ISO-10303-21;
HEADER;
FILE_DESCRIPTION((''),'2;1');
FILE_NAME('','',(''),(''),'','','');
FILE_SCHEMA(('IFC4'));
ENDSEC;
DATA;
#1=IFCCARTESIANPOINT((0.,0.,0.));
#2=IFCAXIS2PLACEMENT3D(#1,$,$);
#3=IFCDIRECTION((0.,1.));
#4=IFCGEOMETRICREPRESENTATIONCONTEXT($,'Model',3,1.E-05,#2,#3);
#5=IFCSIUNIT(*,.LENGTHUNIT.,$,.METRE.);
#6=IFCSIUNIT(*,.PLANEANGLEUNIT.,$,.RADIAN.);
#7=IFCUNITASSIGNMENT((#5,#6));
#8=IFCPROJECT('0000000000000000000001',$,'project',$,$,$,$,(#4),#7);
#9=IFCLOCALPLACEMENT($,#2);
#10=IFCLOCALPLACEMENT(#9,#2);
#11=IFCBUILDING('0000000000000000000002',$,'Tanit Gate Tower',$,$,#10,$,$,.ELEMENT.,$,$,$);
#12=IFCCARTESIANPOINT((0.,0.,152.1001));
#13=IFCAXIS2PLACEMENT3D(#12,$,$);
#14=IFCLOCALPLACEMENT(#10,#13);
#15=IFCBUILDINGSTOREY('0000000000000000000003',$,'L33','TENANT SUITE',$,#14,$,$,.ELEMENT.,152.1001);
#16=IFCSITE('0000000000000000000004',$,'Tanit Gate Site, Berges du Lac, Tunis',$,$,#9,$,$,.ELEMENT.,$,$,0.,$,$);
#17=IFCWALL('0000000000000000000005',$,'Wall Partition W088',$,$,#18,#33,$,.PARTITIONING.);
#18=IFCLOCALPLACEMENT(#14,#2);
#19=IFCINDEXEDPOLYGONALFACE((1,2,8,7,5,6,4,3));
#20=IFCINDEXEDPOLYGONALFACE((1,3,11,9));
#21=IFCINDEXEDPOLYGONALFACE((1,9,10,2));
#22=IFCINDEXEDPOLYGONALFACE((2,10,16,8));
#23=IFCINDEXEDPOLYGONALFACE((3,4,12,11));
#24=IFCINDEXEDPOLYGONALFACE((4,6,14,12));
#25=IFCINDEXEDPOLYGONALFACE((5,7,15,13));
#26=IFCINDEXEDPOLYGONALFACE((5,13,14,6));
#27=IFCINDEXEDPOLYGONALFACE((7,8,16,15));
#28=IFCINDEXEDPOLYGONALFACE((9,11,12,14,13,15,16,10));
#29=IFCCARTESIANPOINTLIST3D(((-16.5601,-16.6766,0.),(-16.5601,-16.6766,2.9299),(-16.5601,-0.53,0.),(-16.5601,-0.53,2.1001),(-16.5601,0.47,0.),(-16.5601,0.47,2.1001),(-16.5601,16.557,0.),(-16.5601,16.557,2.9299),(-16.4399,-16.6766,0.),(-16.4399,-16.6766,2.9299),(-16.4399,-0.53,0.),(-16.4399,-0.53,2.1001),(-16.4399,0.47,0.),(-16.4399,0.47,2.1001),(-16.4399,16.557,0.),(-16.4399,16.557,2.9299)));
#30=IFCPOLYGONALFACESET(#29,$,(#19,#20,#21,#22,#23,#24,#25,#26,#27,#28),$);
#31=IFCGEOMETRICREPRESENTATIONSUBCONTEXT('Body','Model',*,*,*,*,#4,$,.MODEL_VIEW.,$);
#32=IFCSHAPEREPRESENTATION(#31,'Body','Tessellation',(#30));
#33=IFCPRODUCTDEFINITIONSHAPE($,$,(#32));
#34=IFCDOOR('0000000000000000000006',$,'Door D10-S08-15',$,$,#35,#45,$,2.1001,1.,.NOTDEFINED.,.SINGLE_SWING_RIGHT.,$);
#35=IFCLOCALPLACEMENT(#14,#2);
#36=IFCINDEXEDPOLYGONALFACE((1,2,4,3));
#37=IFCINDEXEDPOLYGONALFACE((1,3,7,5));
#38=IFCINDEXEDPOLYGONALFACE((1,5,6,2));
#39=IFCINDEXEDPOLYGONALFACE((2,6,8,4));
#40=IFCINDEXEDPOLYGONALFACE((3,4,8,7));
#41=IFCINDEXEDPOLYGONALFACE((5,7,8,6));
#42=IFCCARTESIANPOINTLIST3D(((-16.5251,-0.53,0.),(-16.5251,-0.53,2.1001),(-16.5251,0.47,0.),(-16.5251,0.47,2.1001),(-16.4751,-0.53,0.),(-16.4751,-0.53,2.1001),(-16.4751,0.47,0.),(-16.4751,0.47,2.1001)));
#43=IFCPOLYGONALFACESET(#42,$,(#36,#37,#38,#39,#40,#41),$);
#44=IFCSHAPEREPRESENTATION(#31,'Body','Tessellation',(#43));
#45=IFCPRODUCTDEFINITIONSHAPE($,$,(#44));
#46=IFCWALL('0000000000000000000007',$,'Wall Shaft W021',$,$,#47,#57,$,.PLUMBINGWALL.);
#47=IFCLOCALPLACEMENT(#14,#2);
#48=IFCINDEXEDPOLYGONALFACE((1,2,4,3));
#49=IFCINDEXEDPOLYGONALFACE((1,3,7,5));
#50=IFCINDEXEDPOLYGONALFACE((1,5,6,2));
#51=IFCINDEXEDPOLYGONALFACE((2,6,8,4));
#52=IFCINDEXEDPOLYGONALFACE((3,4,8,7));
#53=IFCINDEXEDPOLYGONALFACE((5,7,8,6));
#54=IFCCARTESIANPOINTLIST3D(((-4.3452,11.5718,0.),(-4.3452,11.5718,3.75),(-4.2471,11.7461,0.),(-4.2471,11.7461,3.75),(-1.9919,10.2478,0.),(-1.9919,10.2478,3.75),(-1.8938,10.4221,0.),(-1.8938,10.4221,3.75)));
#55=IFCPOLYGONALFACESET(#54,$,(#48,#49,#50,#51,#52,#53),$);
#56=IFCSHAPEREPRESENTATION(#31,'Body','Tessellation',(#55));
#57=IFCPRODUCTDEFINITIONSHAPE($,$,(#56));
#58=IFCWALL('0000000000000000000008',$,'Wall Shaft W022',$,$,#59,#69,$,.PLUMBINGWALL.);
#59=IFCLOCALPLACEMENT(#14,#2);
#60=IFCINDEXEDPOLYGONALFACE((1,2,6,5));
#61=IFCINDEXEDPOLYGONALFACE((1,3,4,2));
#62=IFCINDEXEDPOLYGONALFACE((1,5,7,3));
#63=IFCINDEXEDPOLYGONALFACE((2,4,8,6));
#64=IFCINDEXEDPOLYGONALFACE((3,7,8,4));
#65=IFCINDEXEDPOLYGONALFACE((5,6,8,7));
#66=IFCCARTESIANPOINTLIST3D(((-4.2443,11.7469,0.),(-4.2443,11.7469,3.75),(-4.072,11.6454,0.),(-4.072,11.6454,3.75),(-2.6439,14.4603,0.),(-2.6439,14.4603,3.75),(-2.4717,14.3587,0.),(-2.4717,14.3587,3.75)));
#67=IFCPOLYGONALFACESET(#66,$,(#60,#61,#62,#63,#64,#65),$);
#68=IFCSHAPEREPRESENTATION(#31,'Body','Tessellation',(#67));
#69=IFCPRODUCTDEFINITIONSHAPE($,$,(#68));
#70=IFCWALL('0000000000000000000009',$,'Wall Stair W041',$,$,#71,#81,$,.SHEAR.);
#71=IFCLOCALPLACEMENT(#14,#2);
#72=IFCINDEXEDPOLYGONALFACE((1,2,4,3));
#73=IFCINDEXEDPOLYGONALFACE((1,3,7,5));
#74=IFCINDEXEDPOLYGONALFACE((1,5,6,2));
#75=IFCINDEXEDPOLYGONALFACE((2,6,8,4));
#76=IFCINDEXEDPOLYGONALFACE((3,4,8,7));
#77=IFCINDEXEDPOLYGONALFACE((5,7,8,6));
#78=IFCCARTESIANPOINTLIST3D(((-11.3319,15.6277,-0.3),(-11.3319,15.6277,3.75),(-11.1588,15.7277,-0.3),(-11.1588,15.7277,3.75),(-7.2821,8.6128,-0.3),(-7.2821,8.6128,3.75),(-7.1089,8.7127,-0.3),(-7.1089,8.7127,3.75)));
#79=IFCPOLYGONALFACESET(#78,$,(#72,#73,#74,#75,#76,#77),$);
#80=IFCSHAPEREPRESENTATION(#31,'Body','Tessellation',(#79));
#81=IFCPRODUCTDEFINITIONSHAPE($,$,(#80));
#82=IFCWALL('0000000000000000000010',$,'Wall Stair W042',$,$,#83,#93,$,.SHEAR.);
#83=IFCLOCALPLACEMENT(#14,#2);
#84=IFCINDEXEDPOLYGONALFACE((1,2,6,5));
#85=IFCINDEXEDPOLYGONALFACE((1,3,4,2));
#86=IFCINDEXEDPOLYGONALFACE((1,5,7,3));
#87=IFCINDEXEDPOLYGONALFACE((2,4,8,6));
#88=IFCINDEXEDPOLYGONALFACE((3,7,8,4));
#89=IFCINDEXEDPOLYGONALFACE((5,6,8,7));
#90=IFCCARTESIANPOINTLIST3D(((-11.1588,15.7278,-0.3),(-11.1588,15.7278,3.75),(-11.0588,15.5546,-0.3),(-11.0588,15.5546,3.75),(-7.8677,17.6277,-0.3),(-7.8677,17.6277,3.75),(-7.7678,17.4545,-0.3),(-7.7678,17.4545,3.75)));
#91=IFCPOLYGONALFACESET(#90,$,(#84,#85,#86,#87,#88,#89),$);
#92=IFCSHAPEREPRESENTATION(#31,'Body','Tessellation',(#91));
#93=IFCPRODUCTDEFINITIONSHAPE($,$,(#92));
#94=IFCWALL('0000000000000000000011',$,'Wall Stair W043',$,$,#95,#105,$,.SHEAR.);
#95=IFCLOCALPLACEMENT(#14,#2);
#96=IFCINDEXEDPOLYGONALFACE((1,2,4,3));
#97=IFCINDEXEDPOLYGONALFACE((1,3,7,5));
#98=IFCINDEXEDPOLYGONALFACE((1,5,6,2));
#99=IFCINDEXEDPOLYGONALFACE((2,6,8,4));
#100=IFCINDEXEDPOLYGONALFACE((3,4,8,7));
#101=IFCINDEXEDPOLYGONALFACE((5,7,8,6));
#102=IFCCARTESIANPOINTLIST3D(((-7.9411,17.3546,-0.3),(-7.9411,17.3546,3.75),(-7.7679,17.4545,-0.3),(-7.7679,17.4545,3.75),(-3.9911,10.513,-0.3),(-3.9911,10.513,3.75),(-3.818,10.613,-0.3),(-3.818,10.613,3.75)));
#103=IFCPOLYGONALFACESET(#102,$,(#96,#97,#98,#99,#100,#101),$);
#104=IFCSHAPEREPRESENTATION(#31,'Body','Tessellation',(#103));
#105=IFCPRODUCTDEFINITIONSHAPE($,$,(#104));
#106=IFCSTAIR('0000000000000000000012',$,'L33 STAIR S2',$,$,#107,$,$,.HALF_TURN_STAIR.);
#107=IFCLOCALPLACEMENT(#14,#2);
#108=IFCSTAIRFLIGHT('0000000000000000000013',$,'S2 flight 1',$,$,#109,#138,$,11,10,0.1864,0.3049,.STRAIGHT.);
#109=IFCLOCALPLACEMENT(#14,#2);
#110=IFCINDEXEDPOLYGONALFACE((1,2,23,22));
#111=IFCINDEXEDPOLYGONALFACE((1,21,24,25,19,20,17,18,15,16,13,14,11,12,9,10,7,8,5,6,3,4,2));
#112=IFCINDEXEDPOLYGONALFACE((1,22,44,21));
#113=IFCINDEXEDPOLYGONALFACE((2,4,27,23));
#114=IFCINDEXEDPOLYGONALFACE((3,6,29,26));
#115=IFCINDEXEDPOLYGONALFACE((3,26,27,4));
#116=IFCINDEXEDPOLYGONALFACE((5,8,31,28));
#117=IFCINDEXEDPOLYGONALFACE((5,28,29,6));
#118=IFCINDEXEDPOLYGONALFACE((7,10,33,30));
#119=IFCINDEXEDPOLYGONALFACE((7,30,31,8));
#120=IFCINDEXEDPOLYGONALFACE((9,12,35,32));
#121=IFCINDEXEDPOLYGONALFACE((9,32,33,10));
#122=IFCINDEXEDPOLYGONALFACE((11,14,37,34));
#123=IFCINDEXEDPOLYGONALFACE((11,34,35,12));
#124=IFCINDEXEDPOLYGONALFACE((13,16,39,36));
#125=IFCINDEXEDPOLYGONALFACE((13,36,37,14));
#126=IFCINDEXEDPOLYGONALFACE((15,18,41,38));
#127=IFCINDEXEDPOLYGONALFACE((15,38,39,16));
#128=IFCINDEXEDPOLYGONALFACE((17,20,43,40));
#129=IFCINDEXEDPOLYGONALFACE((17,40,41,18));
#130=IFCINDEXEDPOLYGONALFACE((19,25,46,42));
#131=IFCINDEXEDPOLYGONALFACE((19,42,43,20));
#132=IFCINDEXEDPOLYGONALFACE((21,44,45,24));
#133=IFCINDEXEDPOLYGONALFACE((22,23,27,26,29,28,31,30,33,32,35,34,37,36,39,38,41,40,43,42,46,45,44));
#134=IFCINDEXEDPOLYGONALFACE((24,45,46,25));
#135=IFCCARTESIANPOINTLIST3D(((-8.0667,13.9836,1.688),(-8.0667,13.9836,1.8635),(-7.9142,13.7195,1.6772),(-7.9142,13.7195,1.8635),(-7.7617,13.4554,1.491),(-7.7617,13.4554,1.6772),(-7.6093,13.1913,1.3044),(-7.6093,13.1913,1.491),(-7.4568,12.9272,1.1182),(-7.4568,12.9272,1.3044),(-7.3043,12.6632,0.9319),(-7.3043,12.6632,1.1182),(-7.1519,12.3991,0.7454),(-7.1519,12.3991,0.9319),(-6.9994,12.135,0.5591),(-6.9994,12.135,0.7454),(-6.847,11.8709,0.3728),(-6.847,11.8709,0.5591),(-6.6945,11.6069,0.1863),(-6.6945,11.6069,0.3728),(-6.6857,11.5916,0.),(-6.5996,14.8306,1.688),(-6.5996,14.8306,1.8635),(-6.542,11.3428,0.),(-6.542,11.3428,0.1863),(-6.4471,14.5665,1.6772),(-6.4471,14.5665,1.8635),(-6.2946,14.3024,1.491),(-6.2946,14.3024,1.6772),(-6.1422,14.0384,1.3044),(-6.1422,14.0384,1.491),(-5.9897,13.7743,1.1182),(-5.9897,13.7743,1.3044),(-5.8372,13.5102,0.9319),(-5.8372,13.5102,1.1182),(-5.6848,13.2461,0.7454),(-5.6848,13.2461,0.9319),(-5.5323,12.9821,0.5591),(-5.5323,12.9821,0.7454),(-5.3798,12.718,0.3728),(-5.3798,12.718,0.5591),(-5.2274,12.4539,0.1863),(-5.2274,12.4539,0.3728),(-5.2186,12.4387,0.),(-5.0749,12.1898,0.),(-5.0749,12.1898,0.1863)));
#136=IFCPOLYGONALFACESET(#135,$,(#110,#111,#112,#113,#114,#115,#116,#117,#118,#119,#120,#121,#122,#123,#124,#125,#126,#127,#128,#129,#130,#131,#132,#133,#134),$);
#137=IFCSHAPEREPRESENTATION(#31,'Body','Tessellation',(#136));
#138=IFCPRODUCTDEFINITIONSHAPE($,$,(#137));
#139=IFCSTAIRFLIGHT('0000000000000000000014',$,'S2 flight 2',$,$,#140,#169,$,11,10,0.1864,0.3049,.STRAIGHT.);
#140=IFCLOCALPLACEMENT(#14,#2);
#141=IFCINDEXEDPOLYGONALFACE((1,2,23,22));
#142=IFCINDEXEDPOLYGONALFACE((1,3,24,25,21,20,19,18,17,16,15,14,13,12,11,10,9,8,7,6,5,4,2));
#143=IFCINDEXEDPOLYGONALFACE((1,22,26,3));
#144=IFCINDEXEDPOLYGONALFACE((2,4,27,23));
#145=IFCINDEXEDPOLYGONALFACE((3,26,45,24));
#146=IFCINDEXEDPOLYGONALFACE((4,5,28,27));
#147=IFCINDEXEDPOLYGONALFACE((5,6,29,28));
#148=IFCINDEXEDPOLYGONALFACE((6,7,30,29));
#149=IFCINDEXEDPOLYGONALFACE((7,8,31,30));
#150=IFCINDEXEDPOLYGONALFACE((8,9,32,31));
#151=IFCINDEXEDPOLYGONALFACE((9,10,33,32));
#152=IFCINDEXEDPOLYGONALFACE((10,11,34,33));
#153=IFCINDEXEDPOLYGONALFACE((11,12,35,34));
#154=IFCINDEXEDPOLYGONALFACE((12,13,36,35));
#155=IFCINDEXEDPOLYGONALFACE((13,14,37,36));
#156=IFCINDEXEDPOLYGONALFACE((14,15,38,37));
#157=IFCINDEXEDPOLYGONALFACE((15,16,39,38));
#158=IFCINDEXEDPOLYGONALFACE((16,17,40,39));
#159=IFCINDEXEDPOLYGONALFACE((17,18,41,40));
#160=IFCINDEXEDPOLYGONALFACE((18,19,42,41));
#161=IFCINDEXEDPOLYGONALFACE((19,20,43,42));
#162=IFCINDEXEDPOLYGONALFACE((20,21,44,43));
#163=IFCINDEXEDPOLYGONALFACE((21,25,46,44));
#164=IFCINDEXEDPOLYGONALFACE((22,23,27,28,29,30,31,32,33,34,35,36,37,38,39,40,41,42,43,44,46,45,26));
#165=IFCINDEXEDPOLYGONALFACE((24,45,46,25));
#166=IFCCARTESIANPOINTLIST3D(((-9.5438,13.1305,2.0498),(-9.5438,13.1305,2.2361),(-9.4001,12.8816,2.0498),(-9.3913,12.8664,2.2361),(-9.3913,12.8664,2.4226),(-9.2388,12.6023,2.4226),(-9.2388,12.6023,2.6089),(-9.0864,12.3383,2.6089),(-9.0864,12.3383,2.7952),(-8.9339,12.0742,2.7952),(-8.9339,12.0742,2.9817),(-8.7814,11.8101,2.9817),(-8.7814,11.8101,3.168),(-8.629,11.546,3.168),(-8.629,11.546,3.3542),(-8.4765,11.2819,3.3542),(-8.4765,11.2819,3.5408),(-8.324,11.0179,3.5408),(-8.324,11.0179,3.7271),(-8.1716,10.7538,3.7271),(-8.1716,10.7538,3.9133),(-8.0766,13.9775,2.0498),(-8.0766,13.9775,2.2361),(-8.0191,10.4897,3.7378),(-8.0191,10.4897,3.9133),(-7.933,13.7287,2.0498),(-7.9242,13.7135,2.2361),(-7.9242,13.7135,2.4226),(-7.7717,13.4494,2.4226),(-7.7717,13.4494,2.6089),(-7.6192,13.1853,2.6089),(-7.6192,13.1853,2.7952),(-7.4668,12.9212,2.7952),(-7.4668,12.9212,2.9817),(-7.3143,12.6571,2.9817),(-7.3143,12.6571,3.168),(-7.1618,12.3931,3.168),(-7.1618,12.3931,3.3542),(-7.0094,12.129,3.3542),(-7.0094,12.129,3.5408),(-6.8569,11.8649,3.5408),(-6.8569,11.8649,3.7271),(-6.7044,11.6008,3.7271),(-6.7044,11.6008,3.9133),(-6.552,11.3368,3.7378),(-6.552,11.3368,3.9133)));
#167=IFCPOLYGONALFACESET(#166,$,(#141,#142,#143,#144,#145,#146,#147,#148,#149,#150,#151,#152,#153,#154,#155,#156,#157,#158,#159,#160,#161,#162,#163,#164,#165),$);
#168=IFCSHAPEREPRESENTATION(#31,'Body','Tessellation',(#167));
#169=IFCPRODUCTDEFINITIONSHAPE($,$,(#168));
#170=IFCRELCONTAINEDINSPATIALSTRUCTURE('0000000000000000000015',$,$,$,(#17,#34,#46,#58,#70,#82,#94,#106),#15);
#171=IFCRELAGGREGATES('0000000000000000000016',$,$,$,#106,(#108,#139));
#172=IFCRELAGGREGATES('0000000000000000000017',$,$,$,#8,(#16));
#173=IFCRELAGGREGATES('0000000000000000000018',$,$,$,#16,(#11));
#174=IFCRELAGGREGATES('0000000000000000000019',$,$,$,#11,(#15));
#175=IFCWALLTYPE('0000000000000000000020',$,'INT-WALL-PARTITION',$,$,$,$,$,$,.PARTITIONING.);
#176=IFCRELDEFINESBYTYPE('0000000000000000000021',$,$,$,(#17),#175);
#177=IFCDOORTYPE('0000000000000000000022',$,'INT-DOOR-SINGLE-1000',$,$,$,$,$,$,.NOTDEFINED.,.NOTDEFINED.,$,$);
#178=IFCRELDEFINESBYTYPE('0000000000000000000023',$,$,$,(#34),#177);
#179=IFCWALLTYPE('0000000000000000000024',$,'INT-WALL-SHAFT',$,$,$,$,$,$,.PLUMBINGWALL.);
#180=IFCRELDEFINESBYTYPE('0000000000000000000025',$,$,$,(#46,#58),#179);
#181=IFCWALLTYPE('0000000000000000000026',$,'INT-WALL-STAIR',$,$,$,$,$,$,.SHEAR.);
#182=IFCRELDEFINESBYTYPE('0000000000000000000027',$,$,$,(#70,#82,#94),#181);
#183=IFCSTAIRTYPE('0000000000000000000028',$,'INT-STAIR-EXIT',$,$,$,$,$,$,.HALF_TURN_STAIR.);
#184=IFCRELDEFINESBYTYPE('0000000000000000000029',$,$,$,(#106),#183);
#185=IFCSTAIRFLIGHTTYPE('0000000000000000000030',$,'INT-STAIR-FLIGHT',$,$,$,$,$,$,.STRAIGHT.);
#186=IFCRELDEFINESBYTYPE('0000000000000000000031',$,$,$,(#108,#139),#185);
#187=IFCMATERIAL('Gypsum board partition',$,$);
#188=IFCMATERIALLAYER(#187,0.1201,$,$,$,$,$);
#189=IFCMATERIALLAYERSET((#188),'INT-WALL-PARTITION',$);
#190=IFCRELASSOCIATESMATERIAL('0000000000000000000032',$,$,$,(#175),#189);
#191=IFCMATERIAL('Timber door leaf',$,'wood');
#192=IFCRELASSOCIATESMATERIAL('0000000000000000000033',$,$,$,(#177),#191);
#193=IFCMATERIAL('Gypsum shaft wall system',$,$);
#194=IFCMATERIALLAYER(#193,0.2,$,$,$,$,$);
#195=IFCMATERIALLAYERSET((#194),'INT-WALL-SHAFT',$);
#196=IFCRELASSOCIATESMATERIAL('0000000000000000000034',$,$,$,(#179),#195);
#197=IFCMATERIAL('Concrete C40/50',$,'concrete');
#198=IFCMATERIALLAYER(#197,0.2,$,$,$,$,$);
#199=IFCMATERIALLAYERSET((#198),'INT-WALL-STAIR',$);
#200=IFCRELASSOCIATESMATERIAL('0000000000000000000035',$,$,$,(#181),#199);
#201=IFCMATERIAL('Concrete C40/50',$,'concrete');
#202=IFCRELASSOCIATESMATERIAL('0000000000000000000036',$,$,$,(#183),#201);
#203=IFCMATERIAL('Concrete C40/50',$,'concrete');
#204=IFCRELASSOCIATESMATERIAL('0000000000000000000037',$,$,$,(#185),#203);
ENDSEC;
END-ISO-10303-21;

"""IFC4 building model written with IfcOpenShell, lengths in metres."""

from ifc_helpers import new_model, si_unit, direction, frame, frame_2d, origin, place, context, subcontext, project, spatial, polyline, rectangle, outline, extrude, material, layer, layer_set, type_object, element, fill, aggregate, save


model = new_model("IFC4")

# Units and contexts
model_context = context("Model", 3, precision=1e-05, world=origin(), true_north=direction((0.0, 1.0)))
body_context = subcontext(model_context, "Body", "Model", "MODEL_VIEW")
ifc_project = project(units=[si_unit("LENGTHUNIT", "METRE"), si_unit("PLANEANGLEUNIT", "RADIAN")], contexts=[model_context])

# Site, building, storey
site_placement = place(None, origin())
site = spatial("IfcSite", under=ifc_project, at=site_placement, Name="Tanit Gate Site, Berges du Lac, Tunis", CompositionType="ELEMENT", RefElevation=0.0)
building_placement = place(site_placement, origin())
building = spatial("IfcBuilding", under=site, at=building_placement, Name="Tanit Gate Tower", CompositionType="ELEMENT")
storey_placement = place(building_placement, frame((0.0, 0.0, 152.1001)))
storey = spatial("IfcBuildingStorey", under=building, at=storey_placement, Name="L33", Description="TENANT SUITE", CompositionType="ELEMENT", Elevation=152.1001)

# Wall, opening, door
ifc_material_1 = material(Name="Gypsum board partition")
ifc_layer_1 = layer(ifc_material_1, 0.1201)
ifc_layer_set_1 = layer_set([ifc_layer_1], Name="INT-WALL-PARTITION")
wall_type_1 = type_object("IfcWallType", Name="INT-WALL-PARTITION", PredefinedType="PARTITIONING", material=ifc_layer_set_1)
wall_1_placement = place(storey_placement, frame((-16.5, 16.5569, 0.0), z_axis=(0.0, 0.0, 1.0), x_axis=(0.0, -1.0, 0.0)))
wall_1 = element("IfcWall", 1, at=wall_1_placement, inside=storey, type_object=wall_type_1, Name="Wall Partition W088", PredefinedType="PARTITIONING", context=body_context, shape_type="SweptSolid", body=[
    extrude(rectangle(XDim=33.2336, YDim=0.1201, at=frame_2d((16.6167, 0.0))), origin(), (0.0, 0.0, 1.0), 2.9299),
])
opening_1_placement = place(wall_1_placement, frame((16.0869, 0.0, 0.0)))
opening_1 = element("IfcOpeningElement", 2, at=opening_1_placement, cuts=wall_1, PredefinedType="OPENING", context=body_context, shape_type="SweptSolid", body=[
    extrude(rectangle(XDim=1.0, YDim=2.1001, at=frame_2d((0.5, 1.05))), frame((0.0, 0.0701, 0.0), z_axis=(0.0, -1.0, 0.0), x_axis=(1.0, 0.0, 0.0)), (0.0, 0.0, 1.0), 0.1401),
])
ifc_material_2 = material(Name="Timber door leaf", Category="wood")
door_type_1 = type_object("IfcDoorType", Name="INT-DOOR-SINGLE-1000", OperationType="NOTDEFINED", PredefinedType="NOTDEFINED", material=ifc_material_2)
door_1_placement = place(opening_1_placement, origin())
door_1 = element("IfcDoor", 3, at=door_1_placement, inside=storey, type_object=door_type_1, Name="Door D10-S08-15", OperationType="SINGLE_SWING_RIGHT", OverallHeight=2.1001, OverallWidth=1.0, PredefinedType="NOTDEFINED", context=body_context, shape_type="SweptSolid", body=[
    extrude(rectangle(XDim=1.0, YDim=2.1001, at=frame_2d((0.5, 1.05))), frame((0.0, 0.0249, 0.0), z_axis=(0.0, -1.0, 0.0), x_axis=(1.0, 0.0, 0.0)), (0.0, 0.0, 1.0), 0.05),
])
fill(opening_1, door_1)

# Walls
ifc_material_3 = material(Name="Gypsum shaft wall system")
ifc_layer_2 = layer(ifc_material_3, 0.2)
ifc_layer_set_2 = layer_set([ifc_layer_2], Name="INT-WALL-SHAFT")
wall_type_2 = type_object("IfcWallType", Name="INT-WALL-SHAFT", PredefinedType="PLUMBINGWALL", material=ifc_layer_set_2)
wall_2_placement = place(storey_placement, frame((-4.2961, 11.6589, 0.0), z_axis=(0.0, 0.0, 1.0), x_axis=(0.871534, -0.490334, 0.0)))
element("IfcWall", 4, at=wall_2_placement, inside=storey, type_object=wall_type_2, Name="Wall Shaft W021", PredefinedType="PLUMBINGWALL", context=body_context, shape_type="SweptSolid", body=[
    extrude(rectangle(XDim=2.7002, YDim=0.2, at=frame_2d((1.3501, 0.0))), origin(), (0.0, 0.0, 1.0), 3.75),
])
wall_3_placement = place(storey_placement, frame((-4.1582, 11.696, 0.0), z_axis=(0.0, 0.0, 1.0), x_axis=(0.508019, 0.861346, 0.0)))
element("IfcWall", 5, at=wall_3_placement, inside=storey, type_object=wall_type_2, Name="Wall Shaft W022", PredefinedType="PLUMBINGWALL", context=body_context, shape_type="SweptSolid", body=[
    extrude(rectangle(XDim=3.1501, YDim=0.2, at=frame_2d((1.5752, 0.0))), origin(), (0.0, 0.0, 1.0), 3.75),
])
ifc_material_4 = material(Name="Concrete C40/50", Category="concrete")
ifc_layer_3 = layer(ifc_material_4, 0.2)
ifc_layer_set_3 = layer_set([ifc_layer_3], Name="INT-WALL-STAIR")
wall_type_3 = type_object("IfcWallType", Name="INT-WALL-STAIR", PredefinedType="SHEAR", material=ifc_layer_set_3)
wall_4_placement = place(storey_placement, frame((-11.2454, 15.6777, -0.3), z_axis=(0.0, 0.0, 1.0), x_axis=(0.499977, -0.866039, 0.0)))
element("IfcWall", 6, at=wall_4_placement, inside=storey, type_object=wall_type_3, Name="Wall Stair W041", PredefinedType="SHEAR", context=body_context, shape_type="SweptSolid", body=[
    extrude(rectangle(XDim=8.1001, YDim=0.2, at=frame_2d((4.05, 0.0))), origin(), (0.0, 0.0, 1.0), 4.05),
])
wall_5_placement = place(storey_placement, frame((-7.8179, 17.541, -0.3), z_axis=(0.0, 0.0, 1.0), x_axis=(-0.866044, -0.499967, 0.0)))
element("IfcWall", 7, at=wall_5_placement, inside=storey, type_object=wall_type_3, Name="Wall Stair W042", PredefinedType="SHEAR", context=body_context, shape_type="SweptSolid", body=[
    extrude(rectangle(XDim=3.8, YDim=0.2, at=frame_2d((1.8999, 0.0))), origin(), (0.0, 0.0, 1.0), 4.05),
])
wall_6_placement = place(storey_placement, frame((-7.8545, 17.4045, -0.3), z_axis=(0.0, 0.0, 1.0), x_axis=(0.499998, -0.866027, 0.0)))
element("IfcWall", 8, at=wall_6_placement, inside=storey, type_object=wall_type_3, Name="Wall Stair W043", PredefinedType="SHEAR", context=body_context, shape_type="SweptSolid", body=[
    extrude(rectangle(XDim=7.8999, YDim=0.2, at=frame_2d((3.95, 0.0))), origin(), (0.0, 0.0, 1.0), 4.05),
])

# Stair, stair flights
ifc_material_5 = material(Name="Concrete C40/50", Category="concrete")
stair_type = type_object("IfcStairType", Name="INT-STAIR-EXIT", PredefinedType="HALF_TURN_STAIR", material=ifc_material_5)
stair_placement = place(storey_placement, origin())
stair = element("IfcStair", 9, at=stair_placement, inside=storey, type_object=stair_type, Name="L33 STAIR S2", PredefinedType="HALF_TURN_STAIR")
ifc_material_6 = material(Name="Concrete C40/50", Category="concrete")
stair_flight_type = type_object("IfcStairFlightType", Name="INT-STAIR-FLIGHT", PredefinedType="STRAIGHT", material=ifc_material_6)
stair_flight_1_placement = place(storey_placement, frame((-5.8083, 11.7664, 0.0), z_axis=(0.0, 0.0, 1.0), x_axis=(-0.5, 0.866025, 0.0)))
stair_flight_1 = element("IfcStairFlight", 10, at=stair_flight_1_placement, type_object=stair_flight_type, Name="S2 flight 1", NumberOfRisers=11, NumberOfTreads=10, PredefinedType="STRAIGHT", RiserHeight=0.1864, TreadLength=0.3049, context=body_context, shape_type="SweptSolid", body=[
    extrude(outline(polyline([(0.0, 0.0), (0.0, 0.1863), (0.3049, 0.1863), (0.3049, 0.3728), (0.6099, 0.3728), (0.6099, 0.5591), (0.9148, 0.5591), (0.9148, 0.7454), (1.2197, 0.7454), (1.2197, 0.9319), (1.5247, 0.9319), (1.5247, 1.1182), (1.8296, 1.1182), (1.8296, 1.3044), (2.1345, 1.3044), (2.1345, 1.491), (2.4395, 1.491), (2.4395, 1.6772), (2.7444, 1.6772), (2.7444, 1.8635), (3.0493, 1.8635), (3.0493, 2.05), (3.0493, 1.688), (0.2874, 0.0), (0.0, 0.0)])), frame((0.0, 0.8472, 0.0), z_axis=(0.0, -1.0, 0.0), x_axis=(1.0, 0.0, 0.0)), (0.0, 0.0, 1.0), 1.6941),
])
stair_flight_2_placement = place(storey_placement, frame((-8.8103, 13.554, 2.0498), z_axis=(0.0, 0.0, 1.0), x_axis=(0.5, -0.866025, 0.0)))
stair_flight_2 = element("IfcStairFlight", 11, at=stair_flight_2_placement, type_object=stair_flight_type, Name="S2 flight 2", NumberOfRisers=11, NumberOfTreads=10, PredefinedType="STRAIGHT", RiserHeight=0.1864, TreadLength=0.3049, context=body_context, shape_type="SweptSolid", body=[
    extrude(outline(polyline([(0.0, 0.0), (0.0, 0.1863), (0.3049, 0.1863), (0.3049, 0.3728), (0.6099, 0.3728), (0.6099, 0.5591), (0.9148, 0.5591), (0.9148, 0.7454), (1.2197, 0.7454), (1.2197, 0.9319), (1.5247, 0.9319), (1.5247, 1.1182), (1.8296, 1.1182), (1.8296, 1.3044), (2.1345, 1.3044), (2.1345, 1.491), (2.4395, 1.491), (2.4395, 1.6772), (2.7444, 1.6772), (2.7444, 1.8635), (3.0493, 1.8635), (3.0493, 2.05), (3.0493, 1.688), (0.2874, 0.0), (0.0, 0.0)])), frame((0.0, 0.8472, 0.0), z_axis=(0.0, -1.0, 0.0), x_axis=(1.0, 0.0, 0.0)), (0.0, 0.0, 1.0), 1.6941),
])
aggregate(stair, [stair_flight_1, stair_flight_2])

save(model, "model.ifc")
